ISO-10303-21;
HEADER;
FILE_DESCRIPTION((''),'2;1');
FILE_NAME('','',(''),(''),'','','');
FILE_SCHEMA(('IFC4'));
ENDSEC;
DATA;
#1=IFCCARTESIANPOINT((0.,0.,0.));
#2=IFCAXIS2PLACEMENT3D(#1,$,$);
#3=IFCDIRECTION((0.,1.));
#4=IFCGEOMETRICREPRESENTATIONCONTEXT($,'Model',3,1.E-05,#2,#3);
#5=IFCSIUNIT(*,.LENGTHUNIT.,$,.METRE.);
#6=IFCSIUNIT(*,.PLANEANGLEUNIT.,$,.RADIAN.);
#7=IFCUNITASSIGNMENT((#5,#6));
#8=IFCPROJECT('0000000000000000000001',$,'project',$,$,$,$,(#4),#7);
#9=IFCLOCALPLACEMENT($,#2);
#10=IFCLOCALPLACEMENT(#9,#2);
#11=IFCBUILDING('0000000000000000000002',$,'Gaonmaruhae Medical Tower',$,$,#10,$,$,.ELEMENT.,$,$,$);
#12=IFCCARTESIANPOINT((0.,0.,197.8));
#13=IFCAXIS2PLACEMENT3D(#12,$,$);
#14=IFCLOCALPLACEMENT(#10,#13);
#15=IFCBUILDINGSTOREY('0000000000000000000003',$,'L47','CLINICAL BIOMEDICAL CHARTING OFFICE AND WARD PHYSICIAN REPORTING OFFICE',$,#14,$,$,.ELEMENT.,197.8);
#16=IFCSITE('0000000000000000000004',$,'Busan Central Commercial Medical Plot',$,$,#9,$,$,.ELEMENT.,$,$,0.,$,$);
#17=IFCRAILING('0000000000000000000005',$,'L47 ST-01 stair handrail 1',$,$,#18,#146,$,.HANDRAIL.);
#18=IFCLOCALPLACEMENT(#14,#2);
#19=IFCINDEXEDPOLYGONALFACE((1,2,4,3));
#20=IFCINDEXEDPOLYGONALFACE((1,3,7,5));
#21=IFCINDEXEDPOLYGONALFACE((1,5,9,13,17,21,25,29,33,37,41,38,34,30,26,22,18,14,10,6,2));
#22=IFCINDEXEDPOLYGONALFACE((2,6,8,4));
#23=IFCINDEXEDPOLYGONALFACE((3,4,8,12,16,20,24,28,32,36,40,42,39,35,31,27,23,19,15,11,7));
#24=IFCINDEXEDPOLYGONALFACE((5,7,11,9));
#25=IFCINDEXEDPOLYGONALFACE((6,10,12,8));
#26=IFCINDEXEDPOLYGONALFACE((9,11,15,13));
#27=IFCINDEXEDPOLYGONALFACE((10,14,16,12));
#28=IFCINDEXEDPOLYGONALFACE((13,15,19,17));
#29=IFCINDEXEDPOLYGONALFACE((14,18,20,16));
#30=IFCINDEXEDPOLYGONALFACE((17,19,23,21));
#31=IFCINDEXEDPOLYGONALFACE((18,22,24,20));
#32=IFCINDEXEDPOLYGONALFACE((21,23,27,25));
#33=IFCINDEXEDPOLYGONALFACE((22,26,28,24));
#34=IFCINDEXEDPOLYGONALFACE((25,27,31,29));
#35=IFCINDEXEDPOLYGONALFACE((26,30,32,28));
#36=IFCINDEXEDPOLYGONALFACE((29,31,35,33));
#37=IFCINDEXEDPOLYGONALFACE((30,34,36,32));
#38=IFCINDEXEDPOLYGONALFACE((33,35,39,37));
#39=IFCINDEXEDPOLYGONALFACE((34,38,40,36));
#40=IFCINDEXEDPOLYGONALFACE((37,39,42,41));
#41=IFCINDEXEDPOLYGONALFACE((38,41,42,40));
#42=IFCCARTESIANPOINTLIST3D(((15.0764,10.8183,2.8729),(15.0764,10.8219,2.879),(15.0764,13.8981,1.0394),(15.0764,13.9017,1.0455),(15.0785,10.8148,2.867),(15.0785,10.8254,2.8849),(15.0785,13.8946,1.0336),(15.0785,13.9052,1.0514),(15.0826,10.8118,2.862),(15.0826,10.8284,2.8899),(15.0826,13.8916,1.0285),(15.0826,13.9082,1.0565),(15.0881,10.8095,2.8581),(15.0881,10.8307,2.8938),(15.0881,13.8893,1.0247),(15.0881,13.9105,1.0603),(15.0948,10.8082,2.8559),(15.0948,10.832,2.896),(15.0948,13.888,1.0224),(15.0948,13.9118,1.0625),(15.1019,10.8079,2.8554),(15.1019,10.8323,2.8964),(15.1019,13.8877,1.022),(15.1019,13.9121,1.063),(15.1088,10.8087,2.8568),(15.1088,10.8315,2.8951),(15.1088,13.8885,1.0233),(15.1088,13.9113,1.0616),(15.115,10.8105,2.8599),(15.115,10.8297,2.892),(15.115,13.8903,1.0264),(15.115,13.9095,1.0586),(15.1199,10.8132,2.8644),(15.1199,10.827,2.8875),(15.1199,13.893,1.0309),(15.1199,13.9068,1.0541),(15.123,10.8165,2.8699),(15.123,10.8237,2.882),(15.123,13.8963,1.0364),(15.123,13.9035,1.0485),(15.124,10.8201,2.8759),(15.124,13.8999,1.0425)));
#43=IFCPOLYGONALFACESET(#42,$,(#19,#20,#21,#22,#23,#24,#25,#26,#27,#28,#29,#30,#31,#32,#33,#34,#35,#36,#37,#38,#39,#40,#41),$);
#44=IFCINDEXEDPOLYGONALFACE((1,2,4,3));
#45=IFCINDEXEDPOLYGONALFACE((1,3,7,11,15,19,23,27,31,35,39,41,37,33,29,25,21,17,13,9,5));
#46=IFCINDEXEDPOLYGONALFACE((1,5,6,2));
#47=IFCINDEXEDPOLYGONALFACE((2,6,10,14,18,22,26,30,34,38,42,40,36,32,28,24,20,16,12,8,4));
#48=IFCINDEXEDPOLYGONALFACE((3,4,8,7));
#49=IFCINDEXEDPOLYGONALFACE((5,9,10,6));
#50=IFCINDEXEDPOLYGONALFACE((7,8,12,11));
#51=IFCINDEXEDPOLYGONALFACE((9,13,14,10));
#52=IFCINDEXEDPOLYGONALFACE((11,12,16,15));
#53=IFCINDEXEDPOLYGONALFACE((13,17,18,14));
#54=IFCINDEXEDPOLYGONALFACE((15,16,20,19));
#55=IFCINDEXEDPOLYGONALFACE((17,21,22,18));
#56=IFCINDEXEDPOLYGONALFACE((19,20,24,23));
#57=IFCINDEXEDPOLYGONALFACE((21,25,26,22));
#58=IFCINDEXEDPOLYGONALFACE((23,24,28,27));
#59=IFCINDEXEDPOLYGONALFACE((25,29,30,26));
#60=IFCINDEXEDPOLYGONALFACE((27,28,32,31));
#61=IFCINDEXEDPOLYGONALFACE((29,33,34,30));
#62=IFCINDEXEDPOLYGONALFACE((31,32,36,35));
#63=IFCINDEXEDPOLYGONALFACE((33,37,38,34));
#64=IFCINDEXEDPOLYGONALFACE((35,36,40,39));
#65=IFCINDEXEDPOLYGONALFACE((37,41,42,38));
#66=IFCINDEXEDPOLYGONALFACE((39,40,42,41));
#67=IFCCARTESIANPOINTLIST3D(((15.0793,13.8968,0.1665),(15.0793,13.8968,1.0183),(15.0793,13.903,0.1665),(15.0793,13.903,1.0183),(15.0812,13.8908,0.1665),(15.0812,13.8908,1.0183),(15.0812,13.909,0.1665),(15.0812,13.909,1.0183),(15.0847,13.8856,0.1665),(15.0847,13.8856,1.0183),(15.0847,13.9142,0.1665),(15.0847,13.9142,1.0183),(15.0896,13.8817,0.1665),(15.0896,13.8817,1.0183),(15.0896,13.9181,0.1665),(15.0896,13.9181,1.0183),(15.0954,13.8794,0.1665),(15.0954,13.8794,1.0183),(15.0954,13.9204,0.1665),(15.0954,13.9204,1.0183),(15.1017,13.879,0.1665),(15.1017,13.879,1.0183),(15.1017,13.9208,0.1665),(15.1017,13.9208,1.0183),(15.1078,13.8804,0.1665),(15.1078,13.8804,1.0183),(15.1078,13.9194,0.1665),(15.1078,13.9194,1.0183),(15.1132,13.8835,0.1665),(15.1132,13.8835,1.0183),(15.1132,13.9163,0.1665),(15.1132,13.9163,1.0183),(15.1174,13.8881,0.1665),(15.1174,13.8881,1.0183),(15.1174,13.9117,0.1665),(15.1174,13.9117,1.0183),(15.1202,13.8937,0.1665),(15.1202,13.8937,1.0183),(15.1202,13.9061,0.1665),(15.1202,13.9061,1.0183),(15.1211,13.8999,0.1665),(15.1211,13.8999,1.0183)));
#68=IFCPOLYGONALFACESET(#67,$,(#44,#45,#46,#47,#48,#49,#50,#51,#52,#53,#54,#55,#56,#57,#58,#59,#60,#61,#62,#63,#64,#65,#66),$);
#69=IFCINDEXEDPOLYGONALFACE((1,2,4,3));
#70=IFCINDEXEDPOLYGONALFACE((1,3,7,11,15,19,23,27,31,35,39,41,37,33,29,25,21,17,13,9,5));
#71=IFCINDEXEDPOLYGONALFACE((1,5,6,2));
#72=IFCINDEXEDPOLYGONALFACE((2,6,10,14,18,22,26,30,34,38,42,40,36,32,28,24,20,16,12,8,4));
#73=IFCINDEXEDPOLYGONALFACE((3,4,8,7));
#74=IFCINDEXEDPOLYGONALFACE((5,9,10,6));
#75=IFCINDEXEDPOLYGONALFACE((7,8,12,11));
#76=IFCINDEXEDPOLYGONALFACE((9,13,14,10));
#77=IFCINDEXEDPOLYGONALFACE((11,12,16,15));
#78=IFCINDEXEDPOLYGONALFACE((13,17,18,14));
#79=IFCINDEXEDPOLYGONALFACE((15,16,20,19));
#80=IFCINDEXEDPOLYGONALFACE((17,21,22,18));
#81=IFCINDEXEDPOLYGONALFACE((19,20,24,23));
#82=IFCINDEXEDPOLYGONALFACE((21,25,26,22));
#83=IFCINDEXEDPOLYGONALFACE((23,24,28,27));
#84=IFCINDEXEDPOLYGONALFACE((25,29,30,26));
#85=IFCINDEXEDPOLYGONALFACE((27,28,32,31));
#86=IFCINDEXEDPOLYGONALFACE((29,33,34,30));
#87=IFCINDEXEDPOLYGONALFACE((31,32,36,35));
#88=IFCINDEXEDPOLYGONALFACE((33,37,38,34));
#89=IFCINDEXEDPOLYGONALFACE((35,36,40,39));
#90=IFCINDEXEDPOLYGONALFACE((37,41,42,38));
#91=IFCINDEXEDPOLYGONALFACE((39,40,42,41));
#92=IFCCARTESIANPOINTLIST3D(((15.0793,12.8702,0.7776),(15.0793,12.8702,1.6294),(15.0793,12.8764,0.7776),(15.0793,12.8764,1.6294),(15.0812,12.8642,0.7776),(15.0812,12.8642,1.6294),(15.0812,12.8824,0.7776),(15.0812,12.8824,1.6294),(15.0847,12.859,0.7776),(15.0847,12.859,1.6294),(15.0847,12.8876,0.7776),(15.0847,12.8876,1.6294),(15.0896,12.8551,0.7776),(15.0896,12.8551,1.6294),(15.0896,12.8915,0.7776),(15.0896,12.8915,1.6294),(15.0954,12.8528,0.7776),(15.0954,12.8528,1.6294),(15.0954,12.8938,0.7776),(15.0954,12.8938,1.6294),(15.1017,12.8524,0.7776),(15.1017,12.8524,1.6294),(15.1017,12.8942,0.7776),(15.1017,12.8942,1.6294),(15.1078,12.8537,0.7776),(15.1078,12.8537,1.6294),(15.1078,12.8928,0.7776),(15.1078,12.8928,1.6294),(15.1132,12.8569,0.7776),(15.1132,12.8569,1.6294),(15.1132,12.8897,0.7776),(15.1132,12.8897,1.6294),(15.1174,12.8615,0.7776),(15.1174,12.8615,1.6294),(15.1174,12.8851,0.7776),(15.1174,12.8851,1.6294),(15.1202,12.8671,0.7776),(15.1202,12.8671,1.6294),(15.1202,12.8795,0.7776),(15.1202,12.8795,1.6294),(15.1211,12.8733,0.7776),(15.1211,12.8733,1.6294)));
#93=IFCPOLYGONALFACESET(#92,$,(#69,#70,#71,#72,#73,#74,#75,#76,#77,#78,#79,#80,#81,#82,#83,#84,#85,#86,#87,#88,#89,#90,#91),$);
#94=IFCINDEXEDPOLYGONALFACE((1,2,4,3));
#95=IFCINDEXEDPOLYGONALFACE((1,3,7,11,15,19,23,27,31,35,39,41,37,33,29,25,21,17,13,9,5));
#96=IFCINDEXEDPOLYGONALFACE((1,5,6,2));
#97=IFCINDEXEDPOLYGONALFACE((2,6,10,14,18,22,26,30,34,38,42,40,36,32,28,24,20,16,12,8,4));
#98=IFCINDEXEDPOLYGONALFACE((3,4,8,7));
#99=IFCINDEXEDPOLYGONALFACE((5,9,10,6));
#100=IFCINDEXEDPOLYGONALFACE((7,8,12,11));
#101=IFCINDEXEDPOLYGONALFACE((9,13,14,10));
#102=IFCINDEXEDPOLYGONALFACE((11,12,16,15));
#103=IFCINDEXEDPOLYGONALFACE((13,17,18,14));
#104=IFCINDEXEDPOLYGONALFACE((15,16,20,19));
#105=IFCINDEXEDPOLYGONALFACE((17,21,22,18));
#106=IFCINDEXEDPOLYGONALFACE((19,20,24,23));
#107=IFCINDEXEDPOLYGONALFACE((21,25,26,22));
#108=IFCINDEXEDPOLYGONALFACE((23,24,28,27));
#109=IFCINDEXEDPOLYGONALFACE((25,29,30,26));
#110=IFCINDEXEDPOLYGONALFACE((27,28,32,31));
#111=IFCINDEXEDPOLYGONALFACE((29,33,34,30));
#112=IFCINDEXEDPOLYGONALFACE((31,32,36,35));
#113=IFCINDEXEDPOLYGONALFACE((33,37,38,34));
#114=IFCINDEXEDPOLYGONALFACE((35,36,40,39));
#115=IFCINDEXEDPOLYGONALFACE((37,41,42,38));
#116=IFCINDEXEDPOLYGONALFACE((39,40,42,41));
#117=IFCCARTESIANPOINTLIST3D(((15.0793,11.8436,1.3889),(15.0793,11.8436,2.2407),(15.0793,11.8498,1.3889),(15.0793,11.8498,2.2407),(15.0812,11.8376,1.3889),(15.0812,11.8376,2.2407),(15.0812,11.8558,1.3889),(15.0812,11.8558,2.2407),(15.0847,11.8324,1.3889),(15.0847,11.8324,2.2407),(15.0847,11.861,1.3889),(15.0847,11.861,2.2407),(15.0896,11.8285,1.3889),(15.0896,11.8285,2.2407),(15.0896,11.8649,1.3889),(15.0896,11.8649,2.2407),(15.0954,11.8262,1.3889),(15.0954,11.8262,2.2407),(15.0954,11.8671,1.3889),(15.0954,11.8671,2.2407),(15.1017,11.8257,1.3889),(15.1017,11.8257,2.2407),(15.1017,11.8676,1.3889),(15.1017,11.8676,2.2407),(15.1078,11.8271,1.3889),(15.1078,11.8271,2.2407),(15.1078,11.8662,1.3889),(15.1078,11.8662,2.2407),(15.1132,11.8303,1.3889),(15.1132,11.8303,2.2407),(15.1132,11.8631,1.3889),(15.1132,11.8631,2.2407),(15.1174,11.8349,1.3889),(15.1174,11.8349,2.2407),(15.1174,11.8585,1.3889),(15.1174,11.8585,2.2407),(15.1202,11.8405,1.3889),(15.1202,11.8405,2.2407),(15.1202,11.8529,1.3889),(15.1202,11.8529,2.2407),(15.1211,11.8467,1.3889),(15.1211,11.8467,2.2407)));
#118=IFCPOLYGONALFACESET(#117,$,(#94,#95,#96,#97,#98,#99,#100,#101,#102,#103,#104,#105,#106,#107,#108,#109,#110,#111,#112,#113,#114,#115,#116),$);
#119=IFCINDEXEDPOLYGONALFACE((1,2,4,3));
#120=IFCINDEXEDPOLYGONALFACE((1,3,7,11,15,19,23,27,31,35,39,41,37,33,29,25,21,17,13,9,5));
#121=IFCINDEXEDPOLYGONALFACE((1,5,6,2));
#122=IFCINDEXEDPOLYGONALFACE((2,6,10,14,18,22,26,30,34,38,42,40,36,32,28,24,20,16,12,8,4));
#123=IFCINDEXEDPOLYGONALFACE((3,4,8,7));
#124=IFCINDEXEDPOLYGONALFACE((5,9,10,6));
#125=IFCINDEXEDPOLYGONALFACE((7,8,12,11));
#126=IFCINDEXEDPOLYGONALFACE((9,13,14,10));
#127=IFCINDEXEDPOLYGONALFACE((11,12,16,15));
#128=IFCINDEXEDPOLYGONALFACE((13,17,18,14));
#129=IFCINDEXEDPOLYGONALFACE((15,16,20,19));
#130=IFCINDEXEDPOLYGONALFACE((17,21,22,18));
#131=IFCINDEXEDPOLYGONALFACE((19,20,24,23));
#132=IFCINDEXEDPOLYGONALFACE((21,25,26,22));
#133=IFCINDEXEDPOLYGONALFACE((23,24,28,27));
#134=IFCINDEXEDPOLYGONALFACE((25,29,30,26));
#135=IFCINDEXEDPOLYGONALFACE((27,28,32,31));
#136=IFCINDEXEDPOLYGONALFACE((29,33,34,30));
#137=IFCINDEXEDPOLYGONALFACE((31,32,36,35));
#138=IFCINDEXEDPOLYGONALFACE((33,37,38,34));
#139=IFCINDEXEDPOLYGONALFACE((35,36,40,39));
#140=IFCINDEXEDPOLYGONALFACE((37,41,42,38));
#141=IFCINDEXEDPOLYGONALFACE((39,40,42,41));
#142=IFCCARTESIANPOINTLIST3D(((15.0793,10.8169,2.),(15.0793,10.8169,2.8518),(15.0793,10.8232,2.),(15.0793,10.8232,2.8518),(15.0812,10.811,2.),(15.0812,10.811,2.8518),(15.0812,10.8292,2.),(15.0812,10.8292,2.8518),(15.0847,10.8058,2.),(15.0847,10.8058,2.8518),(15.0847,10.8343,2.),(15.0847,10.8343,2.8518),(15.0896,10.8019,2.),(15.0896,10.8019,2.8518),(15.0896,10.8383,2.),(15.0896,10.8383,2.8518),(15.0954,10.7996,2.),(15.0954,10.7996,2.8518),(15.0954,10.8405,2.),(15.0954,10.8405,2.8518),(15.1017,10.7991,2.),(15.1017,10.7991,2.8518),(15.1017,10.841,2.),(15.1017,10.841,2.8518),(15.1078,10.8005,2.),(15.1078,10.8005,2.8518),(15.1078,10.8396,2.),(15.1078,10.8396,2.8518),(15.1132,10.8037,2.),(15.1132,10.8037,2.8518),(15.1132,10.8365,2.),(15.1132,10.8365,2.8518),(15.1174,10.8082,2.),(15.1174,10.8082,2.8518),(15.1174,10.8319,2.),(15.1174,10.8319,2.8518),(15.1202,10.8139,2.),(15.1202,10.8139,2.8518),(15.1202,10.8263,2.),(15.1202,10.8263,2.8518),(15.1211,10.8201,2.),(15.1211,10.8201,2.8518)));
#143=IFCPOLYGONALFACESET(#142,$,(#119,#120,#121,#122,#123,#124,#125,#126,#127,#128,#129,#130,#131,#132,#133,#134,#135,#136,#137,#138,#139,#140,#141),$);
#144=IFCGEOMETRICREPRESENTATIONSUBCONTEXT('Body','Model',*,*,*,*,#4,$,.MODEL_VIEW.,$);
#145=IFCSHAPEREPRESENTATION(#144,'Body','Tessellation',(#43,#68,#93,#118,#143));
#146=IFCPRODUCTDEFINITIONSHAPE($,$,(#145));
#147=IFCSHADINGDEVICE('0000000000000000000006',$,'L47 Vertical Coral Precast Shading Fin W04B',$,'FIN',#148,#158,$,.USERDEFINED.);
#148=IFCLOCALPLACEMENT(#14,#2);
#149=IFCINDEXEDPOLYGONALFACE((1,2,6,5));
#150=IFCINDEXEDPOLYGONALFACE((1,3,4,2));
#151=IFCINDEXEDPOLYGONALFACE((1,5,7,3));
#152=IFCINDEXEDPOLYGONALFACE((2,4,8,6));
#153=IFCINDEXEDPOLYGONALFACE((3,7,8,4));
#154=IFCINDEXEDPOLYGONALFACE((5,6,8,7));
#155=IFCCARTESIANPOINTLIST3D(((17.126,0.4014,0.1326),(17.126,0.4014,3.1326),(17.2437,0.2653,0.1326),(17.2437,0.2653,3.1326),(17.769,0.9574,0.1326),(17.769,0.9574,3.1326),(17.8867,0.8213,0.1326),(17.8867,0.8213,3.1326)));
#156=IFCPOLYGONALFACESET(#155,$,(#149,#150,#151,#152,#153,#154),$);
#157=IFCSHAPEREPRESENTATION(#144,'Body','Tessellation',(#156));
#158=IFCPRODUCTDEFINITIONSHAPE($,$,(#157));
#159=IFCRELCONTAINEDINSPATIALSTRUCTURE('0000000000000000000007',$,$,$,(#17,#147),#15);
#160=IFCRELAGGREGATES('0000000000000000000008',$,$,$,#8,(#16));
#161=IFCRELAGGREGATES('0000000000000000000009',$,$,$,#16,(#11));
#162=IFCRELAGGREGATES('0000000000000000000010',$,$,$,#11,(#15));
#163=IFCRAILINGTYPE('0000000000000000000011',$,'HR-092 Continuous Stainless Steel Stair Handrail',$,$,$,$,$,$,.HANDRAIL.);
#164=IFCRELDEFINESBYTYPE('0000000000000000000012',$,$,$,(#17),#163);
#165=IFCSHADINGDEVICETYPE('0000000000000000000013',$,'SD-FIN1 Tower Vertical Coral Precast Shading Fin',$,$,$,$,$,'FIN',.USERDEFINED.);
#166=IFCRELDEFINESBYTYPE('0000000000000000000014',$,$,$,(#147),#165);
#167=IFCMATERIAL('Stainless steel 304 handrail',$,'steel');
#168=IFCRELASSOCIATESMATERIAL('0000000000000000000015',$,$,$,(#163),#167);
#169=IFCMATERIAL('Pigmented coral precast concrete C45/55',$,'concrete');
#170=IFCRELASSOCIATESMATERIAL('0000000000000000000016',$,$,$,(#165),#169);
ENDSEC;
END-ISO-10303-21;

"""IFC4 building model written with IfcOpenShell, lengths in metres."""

from ifc_helpers import new_model, si_unit, direction, frame, origin, origin_2d, place, context, subcontext, project, spatial, rectangle, circle, extrude, material, type_object, element, save


model = new_model("IFC4")

# Units and contexts
model_context = context("Model", 3, precision=1e-05, world=origin(), true_north=direction((0.0, 1.0)))
body_context = subcontext(model_context, "Body", "Model", "MODEL_VIEW")
ifc_project = project(units=[si_unit("LENGTHUNIT", "METRE"), si_unit("PLANEANGLEUNIT", "RADIAN")], contexts=[model_context])

# Site, building, storey
site_placement = place(None, origin())
site = spatial("IfcSite", under=ifc_project, at=site_placement, Name="Busan Central Commercial Medical Plot", CompositionType="ELEMENT", RefElevation=0.0)
building_placement = place(site_placement, origin())
building = spatial("IfcBuilding", under=site, at=building_placement, Name="Gaonmaruhae Medical Tower", CompositionType="ELEMENT")
storey_placement = place(building_placement, frame((0.0, 0.0, 197.8)))
storey = spatial("IfcBuildingStorey", under=building, at=storey_placement, Name="L47", Description="CLINICAL BIOMEDICAL CHARTING OFFICE AND WARD PHYSICIAN REPORTING OFFICE", CompositionType="ELEMENT", Elevation=197.8)

# Railing
ifc_material_1 = material(Name="Stainless steel 304 handrail", Category="steel")
railing_type_1 = type_object("IfcRailingType", Name="HR-092 Continuous Stainless Steel Stair Handrail", PredefinedType="HANDRAIL", material=ifc_material_1)
railing_1_placement = place(storey_placement, frame((15.1001, 13.8999, 0.1665)))
element("IfcRailing", 1, at=railing_1_placement, inside=storey, type_object=railing_type_1, Name="L47 ST-01 stair handrail 1", PredefinedType="HANDRAIL", context=body_context, shape_type="SweptSolid", body=[
    extrude(circle(Radius=0.0239, at=origin_2d()), frame((0.0, 0.0, 0.876), z_axis=(0.0, -0.859261, 0.511538), x_axis=(1.0, 0.0, 0.0)), (0.0, 0.0, 1.0), 3.5842),
    extrude(circle(Radius=0.021, at=origin_2d()), origin(), (0.0, 0.0, 1.0), 0.8518),
    extrude(circle(Radius=0.021, at=origin_2d()), frame((0.0, -1.0266, 0.6111)), (0.0, 0.0, 1.0), 0.8518),
    extrude(circle(Radius=0.021, at=origin_2d()), frame((0.0, -2.0532, 1.2224)), (0.0, 0.0, 1.0), 0.8518),
    extrude(circle(Radius=0.021, at=origin_2d()), frame((0.0, -3.0798, 1.8335)), (0.0, 0.0, 1.0), 0.8518),
])

# Shading device
ifc_material_2 = material(Name="Pigmented coral precast concrete C45/55", Category="concrete")
shading_device_type = type_object("IfcShadingDeviceType", Name="SD-FIN1 Tower Vertical Coral Precast Shading Fin", ElementType="FIN", PredefinedType="USERDEFINED", material=ifc_material_2)
shading_device_placement = place(storey_placement, frame((17.5063, 0.6113, 0.1326), z_axis=(0.0, 0.0, 1.0), x_axis=(-0.654081, 0.756425, 0.0)))
element("IfcShadingDevice", 2, at=shading_device_placement, inside=storey, type_object=shading_device_type, Name="L47 Vertical Coral Precast Shading Fin W04B", ObjectType="FIN", PredefinedType="USERDEFINED", context=body_context, shape_type="SweptSolid", body=[
    extrude(rectangle(XDim=0.1799, YDim=0.8501, at=origin_2d()), origin(), (0.0, 0.0, 1.0), 3.0),
])

save(model, "model.ifc")
